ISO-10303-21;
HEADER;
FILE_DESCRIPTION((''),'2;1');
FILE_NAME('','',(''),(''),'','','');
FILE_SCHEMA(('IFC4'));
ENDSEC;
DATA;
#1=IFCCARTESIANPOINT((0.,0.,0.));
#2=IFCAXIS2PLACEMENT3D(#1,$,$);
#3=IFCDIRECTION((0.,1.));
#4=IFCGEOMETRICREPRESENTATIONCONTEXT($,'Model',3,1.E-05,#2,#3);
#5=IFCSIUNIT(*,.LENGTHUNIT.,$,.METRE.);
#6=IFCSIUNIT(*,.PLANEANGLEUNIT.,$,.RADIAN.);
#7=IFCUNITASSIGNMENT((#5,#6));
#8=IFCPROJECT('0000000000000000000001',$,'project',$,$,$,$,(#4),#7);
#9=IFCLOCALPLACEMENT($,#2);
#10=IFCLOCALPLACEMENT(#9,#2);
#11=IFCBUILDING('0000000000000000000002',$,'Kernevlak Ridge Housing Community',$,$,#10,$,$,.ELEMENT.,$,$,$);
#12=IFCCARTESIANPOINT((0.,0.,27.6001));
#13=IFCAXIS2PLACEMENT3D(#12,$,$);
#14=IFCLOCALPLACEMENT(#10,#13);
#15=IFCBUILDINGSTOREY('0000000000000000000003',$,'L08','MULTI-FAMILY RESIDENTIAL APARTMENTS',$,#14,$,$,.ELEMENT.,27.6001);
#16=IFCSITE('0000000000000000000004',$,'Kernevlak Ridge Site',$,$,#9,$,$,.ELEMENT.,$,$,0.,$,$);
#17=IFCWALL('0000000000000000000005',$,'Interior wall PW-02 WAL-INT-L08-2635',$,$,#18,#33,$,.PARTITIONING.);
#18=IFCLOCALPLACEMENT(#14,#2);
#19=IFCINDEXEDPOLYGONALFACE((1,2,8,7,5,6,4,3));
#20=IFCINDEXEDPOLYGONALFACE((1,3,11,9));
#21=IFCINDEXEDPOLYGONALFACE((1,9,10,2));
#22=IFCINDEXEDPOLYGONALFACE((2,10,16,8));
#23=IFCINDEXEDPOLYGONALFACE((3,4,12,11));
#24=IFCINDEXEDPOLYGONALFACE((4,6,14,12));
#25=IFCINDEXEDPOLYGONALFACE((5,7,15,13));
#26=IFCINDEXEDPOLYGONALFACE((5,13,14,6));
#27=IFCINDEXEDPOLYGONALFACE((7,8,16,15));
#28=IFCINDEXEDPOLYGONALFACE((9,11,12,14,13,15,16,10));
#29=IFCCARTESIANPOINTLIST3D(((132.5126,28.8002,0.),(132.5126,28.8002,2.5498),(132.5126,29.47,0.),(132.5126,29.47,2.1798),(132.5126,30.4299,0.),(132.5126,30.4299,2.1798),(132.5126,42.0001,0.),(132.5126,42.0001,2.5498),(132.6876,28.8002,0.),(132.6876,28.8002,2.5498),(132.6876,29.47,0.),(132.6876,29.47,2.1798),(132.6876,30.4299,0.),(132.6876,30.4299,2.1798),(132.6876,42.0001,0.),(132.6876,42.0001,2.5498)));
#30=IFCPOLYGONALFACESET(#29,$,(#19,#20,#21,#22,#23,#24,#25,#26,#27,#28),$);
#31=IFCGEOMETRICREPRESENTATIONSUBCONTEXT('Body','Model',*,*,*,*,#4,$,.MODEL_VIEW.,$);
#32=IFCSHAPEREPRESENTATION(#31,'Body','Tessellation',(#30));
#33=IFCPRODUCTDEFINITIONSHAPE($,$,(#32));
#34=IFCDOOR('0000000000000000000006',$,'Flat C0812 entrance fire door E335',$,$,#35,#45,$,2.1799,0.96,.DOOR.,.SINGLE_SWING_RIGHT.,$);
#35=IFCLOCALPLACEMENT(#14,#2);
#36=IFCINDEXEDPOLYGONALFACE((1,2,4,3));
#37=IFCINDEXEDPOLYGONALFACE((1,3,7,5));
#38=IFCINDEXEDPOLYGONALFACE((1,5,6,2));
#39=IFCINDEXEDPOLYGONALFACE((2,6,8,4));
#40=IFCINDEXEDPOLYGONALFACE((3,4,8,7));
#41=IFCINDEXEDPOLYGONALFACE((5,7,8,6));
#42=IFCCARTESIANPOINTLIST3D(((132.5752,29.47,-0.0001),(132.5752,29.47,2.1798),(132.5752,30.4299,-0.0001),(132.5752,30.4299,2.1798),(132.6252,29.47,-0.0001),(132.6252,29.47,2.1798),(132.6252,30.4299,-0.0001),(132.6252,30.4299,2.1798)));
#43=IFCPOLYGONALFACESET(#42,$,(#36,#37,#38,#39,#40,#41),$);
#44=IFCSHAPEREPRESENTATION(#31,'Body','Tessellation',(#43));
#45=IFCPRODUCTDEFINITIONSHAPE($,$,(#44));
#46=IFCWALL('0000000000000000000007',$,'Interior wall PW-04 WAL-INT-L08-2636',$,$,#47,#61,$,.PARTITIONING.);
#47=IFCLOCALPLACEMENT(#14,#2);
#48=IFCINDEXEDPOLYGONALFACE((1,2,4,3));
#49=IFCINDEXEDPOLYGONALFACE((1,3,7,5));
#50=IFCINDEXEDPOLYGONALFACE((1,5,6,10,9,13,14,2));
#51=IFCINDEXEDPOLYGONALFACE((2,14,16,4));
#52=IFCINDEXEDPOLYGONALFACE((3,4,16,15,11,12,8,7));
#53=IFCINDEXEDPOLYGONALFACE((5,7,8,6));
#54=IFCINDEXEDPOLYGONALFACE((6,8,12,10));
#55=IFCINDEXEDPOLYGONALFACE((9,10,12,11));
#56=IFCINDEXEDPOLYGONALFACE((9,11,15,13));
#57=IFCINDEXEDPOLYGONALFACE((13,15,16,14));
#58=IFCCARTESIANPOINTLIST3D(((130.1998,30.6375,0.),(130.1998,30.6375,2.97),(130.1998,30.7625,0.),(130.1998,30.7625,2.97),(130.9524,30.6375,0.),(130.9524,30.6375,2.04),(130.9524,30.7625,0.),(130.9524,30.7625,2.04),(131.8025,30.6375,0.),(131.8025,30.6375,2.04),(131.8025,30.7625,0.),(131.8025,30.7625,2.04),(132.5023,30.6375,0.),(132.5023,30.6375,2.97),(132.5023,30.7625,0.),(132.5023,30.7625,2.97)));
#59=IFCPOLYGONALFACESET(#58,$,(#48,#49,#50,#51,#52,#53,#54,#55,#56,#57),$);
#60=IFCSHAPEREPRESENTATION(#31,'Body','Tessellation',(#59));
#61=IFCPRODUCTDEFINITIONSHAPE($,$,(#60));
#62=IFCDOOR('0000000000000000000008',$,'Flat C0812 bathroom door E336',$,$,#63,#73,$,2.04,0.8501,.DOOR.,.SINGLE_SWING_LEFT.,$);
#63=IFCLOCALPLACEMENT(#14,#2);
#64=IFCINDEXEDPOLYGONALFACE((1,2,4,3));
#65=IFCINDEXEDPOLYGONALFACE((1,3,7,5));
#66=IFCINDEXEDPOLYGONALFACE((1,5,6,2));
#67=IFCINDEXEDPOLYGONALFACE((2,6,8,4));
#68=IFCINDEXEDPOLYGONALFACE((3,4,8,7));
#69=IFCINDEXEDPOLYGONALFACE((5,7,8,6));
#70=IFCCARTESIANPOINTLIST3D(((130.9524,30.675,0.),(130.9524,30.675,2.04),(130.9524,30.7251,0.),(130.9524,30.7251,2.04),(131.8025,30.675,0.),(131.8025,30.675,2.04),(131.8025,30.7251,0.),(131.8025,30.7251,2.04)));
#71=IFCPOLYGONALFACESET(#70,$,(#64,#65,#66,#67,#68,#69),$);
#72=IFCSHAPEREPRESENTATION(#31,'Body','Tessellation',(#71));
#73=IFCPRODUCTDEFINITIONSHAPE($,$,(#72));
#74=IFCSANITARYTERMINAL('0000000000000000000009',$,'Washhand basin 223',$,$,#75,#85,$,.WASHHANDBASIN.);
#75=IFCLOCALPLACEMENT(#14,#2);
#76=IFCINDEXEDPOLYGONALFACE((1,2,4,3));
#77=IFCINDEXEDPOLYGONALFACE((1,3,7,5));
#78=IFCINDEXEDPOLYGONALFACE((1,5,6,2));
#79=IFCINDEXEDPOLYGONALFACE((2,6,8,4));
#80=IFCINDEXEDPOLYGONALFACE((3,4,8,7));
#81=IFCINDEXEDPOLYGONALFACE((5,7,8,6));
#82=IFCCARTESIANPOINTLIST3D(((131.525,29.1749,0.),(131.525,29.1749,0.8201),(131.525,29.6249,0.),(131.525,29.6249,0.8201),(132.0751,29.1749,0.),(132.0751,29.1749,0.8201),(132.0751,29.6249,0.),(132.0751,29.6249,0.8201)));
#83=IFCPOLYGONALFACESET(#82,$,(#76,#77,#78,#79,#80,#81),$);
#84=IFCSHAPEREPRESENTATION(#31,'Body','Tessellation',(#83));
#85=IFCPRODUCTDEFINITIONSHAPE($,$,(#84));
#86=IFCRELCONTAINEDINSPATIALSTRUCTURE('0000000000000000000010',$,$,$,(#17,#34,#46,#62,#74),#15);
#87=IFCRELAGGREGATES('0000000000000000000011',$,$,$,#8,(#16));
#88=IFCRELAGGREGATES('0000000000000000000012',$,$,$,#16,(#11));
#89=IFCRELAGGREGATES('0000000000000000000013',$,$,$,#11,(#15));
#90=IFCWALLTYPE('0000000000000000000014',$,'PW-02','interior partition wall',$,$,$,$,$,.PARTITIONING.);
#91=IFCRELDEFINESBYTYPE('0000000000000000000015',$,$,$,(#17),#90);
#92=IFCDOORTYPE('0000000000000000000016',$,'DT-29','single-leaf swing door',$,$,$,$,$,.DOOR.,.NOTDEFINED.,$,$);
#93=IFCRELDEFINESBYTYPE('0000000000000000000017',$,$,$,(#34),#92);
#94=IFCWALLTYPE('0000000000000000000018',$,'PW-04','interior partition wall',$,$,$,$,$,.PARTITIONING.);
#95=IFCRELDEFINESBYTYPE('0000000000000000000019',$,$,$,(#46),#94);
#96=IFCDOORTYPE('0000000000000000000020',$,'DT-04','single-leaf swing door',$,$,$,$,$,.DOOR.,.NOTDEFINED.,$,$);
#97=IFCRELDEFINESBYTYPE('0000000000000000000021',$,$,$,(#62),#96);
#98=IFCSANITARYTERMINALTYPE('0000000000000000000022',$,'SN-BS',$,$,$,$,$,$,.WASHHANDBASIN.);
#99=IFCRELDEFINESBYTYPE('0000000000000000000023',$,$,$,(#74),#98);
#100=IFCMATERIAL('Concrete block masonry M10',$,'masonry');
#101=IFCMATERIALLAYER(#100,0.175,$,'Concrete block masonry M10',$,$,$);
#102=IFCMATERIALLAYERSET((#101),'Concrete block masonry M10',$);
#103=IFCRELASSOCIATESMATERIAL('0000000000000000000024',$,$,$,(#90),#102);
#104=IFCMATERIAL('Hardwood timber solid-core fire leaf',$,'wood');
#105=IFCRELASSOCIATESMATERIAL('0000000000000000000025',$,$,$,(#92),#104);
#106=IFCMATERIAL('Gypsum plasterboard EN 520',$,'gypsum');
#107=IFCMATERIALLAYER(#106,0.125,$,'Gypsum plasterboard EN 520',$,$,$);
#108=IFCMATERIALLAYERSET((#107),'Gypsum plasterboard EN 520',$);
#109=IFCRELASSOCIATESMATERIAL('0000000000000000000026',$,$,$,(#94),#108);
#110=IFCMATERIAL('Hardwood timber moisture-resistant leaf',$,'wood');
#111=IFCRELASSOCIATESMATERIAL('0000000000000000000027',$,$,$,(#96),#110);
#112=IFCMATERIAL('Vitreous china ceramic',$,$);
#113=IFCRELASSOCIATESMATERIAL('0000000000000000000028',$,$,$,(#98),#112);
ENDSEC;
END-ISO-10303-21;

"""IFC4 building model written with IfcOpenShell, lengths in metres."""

from ifc_helpers import new_model, si_unit, direction, frame, frame_2d, origin, origin_2d, place, context, subcontext, project, spatial, rectangle, extrude, material, layer, layer_set, type_object, element, fill, save


model = new_model("IFC4")

# Units and contexts
model_context = context("Model", 3, precision=1e-05, world=origin(), true_north=direction((0.0, 1.0)))
body_context = subcontext(model_context, "Body", "Model", "MODEL_VIEW")
ifc_project = project(units=[si_unit("LENGTHUNIT", "METRE"), si_unit("PLANEANGLEUNIT", "RADIAN")], contexts=[model_context])

# Site, building, storey
site_placement = place(None, origin())
site = spatial("IfcSite", under=ifc_project, at=site_placement, Name="Kernevlak Ridge Site", CompositionType="ELEMENT", RefElevation=0.0)
building_placement = place(site_placement, origin())
building = spatial("IfcBuilding", under=site, at=building_placement, Name="Kernevlak Ridge Housing Community", CompositionType="ELEMENT")
storey_placement = place(building_placement, frame((0.0, 0.0, 27.6001)))
storey = spatial("IfcBuildingStorey", under=building, at=storey_placement, Name="L08", Description="MULTI-FAMILY RESIDENTIAL APARTMENTS", CompositionType="ELEMENT", Elevation=27.6001)

# Shared definitions
ifc_material_1 = material(Name="Concrete block masonry M10", Category="masonry")
ifc_layer_1 = layer(ifc_material_1, 0.175, Name="Concrete block masonry M10")
ifc_layer_set_1 = layer_set([ifc_layer_1], Name="Concrete block masonry M10")
wall_type_1 = type_object("IfcWallType", Name="PW-02", Description="interior partition wall", PredefinedType="PARTITIONING", material=ifc_layer_set_1)

# Walls, openings, doors
wall_1_placement = place(storey_placement, frame((132.6001, 28.8, 0.0), z_axis=(0.0, 0.0, 1.0), x_axis=(0.0, 1.0, 0.0)))
wall_1 = element("IfcWall", 1, at=wall_1_placement, inside=storey, type_object=wall_type_1, Name="Interior wall PW-02 WAL-INT-L08-2635", PredefinedType="PARTITIONING", context=body_context, shape_type="SweptSolid", body=[
    extrude(rectangle(XDim=13.2, YDim=0.175, at=frame_2d((6.6001, 0.0))), origin(), (0.0, 0.0, 1.0), 2.5498),
])
opening_1_placement = place(wall_1_placement, frame((0.6699, 0.0, 0.0)))
opening_1 = element("IfcOpeningElement", 2, at=opening_1_placement, cuts=wall_1, PredefinedType="OPENING", context=body_context, shape_type="SweptSolid", body=[
    extrude(rectangle(XDim=0.96, YDim=2.1799, at=frame_2d((0.48, 1.0898))), frame((0.0, 0.0974, 0.0), z_axis=(0.0, -1.0, 0.0), x_axis=(1.0, 0.0, 0.0)), (0.0, 0.0, 1.0), 0.1951),
])
ifc_material_2 = material(Name="Hardwood timber solid-core fire leaf", Category="wood")
door_type_1 = type_object("IfcDoorType", Name="DT-29", Description="single-leaf swing door", OperationType="NOTDEFINED", PredefinedType="DOOR", material=ifc_material_2)
door_1_placement = place(opening_1_placement, origin())
door_1 = element("IfcDoor", 3, at=door_1_placement, inside=storey, type_object=door_type_1, Name="Flat C0812 entrance fire door E335", OperationType="SINGLE_SWING_RIGHT", OverallHeight=2.1799, OverallWidth=0.96, PredefinedType="DOOR", context=body_context, shape_type="SweptSolid", body=[
    extrude(rectangle(XDim=0.96, YDim=2.1799, at=frame_2d((0.48, 1.0898))), frame((0.0, 0.0249, 0.0), z_axis=(0.0, -1.0, 0.0), x_axis=(1.0, 0.0, 0.0)), (0.0, 0.0, 1.0), 0.05),
])
fill(opening_1, door_1)
ifc_material_3 = material(Name="Gypsum plasterboard EN 520", Category="gypsum")
ifc_layer_2 = layer(ifc_material_3, 0.125, Name="Gypsum plasterboard EN 520")
ifc_layer_set_2 = layer_set([ifc_layer_2], Name="Gypsum plasterboard EN 520")
wall_type_2 = type_object("IfcWallType", Name="PW-04", Description="interior partition wall", PredefinedType="PARTITIONING", material=ifc_layer_set_2)
wall_2_placement = place(storey_placement, frame((132.5024, 30.7, 0.0), z_axis=(0.0, 0.0, 1.0), x_axis=(-1.0, 0.0, 0.0)))
wall_2 = element("IfcWall", 4, at=wall_2_placement, inside=storey, type_object=wall_type_2, Name="Interior wall PW-04 WAL-INT-L08-2636", PredefinedType="PARTITIONING", context=body_context, shape_type="SweptSolid", body=[
    extrude(rectangle(XDim=2.3025, YDim=0.125, at=frame_2d((1.1514, 0.0))), origin(), (0.0, 0.0, 1.0), 2.97),
])
opening_2_placement = place(wall_2_placement, frame((0.7, 0.0, 0.0)))
opening_2 = element("IfcOpeningElement", 5, at=opening_2_placement, cuts=wall_2, PredefinedType="OPENING", context=body_context, shape_type="SweptSolid", body=[
    extrude(rectangle(XDim=0.8501, YDim=2.04, at=frame_2d((0.425, 1.02))), frame((0.0, 0.0725, 0.0), z_axis=(0.0, -1.0, 0.0), x_axis=(1.0, 0.0, 0.0)), (0.0, 0.0, 1.0), 0.145),
])
ifc_material_4 = material(Name="Hardwood timber moisture-resistant leaf", Category="wood")
door_type_2 = type_object("IfcDoorType", Name="DT-04", Description="single-leaf swing door", OperationType="NOTDEFINED", PredefinedType="DOOR", material=ifc_material_4)
door_2_placement = place(opening_2_placement, origin())
door_2 = element("IfcDoor", 6, at=door_2_placement, inside=storey, type_object=door_type_2, Name="Flat C0812 bathroom door E336", OperationType="SINGLE_SWING_LEFT", OverallHeight=2.04, OverallWidth=0.8501, PredefinedType="DOOR", context=body_context, shape_type="SweptSolid", body=[
    extrude(rectangle(XDim=0.8501, YDim=2.04, at=frame_2d((0.425, 1.02))), frame((0.0, 0.0249, 0.0), z_axis=(0.0, -1.0, 0.0), x_axis=(1.0, 0.0, 0.0)), (0.0, 0.0, 1.0), 0.05),
])
fill(opening_2, door_2)

# Sanitary terminal
ifc_material_5 = material(Name="Vitreous china ceramic")
sanitary_terminal_type = type_object("IfcSanitaryTerminalType", Name="SN-BS", PredefinedType="WASHHANDBASIN", material=ifc_material_5)
sanitary_terminal_placement = place(storey_placement, frame((131.8, 29.3999, 0.0), z_axis=(0.0, 0.0, 1.0), x_axis=(1.0, 0.0, 0.0)))
element("IfcSanitaryTerminal", 7, at=sanitary_terminal_placement, inside=storey, type_object=sanitary_terminal_type, Name="Washhand basin 223", PredefinedType="WASHHANDBASIN", context=body_context, shape_type="SweptSolid", body=[
    extrude(rectangle(XDim=0.55, YDim=0.45, at=origin_2d()), origin(), (0.0, 0.0, 1.0), 0.8201),
])

save(model, "model.ifc")
